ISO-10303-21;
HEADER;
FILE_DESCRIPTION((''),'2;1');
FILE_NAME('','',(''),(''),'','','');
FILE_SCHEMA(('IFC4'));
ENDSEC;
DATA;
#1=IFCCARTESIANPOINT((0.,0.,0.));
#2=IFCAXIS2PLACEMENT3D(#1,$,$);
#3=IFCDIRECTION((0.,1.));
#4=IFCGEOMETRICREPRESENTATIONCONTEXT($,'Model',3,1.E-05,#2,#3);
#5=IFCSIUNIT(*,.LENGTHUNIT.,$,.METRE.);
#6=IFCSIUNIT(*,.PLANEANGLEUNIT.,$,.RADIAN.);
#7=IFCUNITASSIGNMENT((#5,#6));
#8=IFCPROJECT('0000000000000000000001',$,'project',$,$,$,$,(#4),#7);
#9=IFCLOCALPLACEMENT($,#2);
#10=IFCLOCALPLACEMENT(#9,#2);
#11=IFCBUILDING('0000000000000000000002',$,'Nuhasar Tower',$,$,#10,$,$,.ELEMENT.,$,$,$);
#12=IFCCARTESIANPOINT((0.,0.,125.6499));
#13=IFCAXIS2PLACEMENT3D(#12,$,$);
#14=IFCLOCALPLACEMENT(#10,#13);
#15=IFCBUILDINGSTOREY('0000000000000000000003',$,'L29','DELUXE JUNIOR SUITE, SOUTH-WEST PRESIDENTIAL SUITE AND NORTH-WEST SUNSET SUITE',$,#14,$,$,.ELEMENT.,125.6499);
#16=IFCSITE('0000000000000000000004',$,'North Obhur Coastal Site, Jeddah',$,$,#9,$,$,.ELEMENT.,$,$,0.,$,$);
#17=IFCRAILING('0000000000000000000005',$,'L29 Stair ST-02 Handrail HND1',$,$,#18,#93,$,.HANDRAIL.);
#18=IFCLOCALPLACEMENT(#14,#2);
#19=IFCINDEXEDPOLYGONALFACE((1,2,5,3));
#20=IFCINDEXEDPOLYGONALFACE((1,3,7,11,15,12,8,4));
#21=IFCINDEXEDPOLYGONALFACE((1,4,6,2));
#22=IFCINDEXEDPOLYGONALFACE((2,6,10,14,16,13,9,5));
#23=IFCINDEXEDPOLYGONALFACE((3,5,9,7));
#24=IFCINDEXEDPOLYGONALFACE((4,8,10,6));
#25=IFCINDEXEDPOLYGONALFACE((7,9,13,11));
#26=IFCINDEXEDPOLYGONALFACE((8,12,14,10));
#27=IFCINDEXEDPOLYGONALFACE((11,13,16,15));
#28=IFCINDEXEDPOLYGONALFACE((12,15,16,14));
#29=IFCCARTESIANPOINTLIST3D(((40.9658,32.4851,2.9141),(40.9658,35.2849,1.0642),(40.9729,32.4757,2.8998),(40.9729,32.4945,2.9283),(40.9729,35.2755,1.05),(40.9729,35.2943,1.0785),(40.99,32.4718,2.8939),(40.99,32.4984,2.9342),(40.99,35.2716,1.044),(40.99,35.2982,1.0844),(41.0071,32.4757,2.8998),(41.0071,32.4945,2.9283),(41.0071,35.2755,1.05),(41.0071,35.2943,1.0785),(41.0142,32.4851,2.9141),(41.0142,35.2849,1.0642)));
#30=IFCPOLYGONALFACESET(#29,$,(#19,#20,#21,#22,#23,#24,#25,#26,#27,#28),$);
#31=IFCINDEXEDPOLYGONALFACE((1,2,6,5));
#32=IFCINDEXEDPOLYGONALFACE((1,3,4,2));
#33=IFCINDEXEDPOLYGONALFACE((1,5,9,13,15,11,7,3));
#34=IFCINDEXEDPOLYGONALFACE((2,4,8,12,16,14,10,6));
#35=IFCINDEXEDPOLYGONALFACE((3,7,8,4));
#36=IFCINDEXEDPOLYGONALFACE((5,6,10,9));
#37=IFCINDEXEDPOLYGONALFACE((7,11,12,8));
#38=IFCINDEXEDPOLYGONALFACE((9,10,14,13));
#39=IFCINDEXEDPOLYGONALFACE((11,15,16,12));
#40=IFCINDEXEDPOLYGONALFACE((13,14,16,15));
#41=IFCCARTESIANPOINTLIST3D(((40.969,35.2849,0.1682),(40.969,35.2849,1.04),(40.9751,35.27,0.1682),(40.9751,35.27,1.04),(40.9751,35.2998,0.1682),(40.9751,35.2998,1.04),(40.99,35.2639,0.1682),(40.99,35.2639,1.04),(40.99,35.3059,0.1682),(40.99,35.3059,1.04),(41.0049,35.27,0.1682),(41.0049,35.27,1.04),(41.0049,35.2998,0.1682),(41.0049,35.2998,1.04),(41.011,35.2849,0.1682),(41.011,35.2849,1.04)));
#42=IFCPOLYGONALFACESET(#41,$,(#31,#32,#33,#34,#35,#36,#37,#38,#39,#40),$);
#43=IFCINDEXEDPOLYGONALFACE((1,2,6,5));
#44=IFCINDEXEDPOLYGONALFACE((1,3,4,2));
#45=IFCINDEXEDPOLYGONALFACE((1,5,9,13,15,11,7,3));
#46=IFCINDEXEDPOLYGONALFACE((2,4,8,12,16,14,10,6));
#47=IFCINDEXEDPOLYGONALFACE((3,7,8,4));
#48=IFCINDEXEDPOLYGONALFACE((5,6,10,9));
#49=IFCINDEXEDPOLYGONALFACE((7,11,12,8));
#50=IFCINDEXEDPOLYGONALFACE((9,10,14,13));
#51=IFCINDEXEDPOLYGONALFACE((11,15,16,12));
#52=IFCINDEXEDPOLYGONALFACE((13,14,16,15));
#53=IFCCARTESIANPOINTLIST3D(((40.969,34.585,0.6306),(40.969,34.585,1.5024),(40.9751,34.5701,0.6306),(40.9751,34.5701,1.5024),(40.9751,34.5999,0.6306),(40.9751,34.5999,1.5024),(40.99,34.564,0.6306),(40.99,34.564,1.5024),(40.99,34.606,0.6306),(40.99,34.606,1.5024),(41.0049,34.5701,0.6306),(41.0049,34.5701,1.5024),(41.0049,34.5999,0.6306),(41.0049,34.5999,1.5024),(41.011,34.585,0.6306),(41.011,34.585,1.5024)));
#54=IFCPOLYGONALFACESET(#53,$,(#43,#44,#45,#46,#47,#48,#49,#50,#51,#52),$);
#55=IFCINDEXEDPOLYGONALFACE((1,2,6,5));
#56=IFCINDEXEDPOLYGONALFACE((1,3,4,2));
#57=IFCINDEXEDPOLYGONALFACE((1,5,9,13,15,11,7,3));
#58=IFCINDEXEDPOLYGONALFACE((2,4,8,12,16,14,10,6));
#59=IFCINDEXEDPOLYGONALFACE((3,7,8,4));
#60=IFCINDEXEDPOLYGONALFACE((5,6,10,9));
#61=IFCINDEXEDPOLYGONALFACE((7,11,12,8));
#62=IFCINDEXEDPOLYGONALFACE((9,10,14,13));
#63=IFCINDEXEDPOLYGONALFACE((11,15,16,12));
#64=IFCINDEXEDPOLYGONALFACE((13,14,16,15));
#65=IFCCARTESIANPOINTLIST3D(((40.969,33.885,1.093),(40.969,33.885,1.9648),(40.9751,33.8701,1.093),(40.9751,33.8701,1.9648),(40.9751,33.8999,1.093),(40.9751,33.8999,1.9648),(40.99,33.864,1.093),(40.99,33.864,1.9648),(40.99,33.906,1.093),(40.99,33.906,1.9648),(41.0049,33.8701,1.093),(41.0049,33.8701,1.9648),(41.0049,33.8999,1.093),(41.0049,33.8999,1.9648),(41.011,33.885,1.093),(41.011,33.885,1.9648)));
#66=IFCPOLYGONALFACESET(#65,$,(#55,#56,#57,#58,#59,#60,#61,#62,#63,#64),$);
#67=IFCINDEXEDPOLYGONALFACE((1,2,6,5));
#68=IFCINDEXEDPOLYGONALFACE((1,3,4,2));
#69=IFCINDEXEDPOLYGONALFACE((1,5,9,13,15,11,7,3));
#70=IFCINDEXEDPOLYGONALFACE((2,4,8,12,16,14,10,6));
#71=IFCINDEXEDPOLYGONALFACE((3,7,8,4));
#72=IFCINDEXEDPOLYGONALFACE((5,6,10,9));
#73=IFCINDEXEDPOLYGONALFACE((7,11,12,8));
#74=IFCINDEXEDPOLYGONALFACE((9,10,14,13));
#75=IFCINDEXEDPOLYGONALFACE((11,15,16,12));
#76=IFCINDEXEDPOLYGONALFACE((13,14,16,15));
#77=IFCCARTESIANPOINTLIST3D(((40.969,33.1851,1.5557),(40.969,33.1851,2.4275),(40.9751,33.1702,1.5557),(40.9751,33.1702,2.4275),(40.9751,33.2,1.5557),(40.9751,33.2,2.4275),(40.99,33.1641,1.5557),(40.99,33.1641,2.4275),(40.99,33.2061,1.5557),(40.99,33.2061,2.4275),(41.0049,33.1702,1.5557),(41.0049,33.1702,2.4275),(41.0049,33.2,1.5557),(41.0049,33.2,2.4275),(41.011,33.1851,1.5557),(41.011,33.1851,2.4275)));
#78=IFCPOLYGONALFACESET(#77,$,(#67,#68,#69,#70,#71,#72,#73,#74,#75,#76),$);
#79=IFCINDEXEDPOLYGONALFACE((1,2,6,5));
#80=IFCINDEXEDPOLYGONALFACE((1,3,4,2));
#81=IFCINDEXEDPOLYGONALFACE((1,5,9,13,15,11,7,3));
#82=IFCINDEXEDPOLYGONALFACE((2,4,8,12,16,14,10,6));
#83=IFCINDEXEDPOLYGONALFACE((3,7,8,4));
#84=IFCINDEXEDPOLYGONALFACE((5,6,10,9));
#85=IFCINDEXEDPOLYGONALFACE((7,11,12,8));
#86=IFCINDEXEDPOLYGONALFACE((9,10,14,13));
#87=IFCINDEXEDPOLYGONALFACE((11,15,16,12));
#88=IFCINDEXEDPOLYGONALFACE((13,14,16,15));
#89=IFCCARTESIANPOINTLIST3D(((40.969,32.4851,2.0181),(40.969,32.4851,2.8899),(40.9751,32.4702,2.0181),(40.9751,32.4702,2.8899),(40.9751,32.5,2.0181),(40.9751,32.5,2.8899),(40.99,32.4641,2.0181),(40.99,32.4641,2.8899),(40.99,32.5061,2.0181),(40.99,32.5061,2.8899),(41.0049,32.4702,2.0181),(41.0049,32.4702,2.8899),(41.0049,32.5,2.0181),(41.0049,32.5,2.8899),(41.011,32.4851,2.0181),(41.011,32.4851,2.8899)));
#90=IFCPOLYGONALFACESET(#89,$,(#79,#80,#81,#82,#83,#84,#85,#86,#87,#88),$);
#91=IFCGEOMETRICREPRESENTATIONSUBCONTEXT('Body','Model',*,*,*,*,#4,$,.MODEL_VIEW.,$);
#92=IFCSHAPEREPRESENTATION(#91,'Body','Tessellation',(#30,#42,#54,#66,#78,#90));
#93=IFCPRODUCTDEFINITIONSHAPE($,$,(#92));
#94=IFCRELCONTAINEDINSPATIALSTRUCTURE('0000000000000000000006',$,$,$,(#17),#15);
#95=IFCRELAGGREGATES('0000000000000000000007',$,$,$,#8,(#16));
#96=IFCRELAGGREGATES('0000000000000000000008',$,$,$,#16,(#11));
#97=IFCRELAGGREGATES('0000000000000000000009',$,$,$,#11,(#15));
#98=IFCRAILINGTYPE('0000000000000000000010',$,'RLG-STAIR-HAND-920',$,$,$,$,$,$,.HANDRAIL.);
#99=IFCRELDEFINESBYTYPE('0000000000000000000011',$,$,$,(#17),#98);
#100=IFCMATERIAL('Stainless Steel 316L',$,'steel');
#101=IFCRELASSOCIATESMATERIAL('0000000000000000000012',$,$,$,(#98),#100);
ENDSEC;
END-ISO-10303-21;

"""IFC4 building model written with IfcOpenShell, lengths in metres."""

from ifc_helpers import new_model, si_unit, direction, frame, origin, place, context, subcontext, project, spatial, polyline, outline, extrude, material, type_object, element, save


model = new_model("IFC4")

# Units and contexts
model_context = context("Model", 3, precision=1e-05, world=origin(), true_north=direction((0.0, 1.0)))
body_context = subcontext(model_context, "Body", "Model", "MODEL_VIEW")
ifc_project = project(units=[si_unit("LENGTHUNIT", "METRE"), si_unit("PLANEANGLEUNIT", "RADIAN")], contexts=[model_context])

# Site, building, storey
site_placement = place(None, origin())
site = spatial("IfcSite", under=ifc_project, at=site_placement, Name="North Obhur Coastal Site, Jeddah", CompositionType="ELEMENT", RefElevation=0.0)
building_placement = place(site_placement, origin())
building = spatial("IfcBuilding", under=site, at=building_placement, Name="Nuhasar Tower", CompositionType="ELEMENT")
storey_placement = place(building_placement, frame((0.0, 0.0, 125.6499)))
storey = spatial("IfcBuildingStorey", under=building, at=storey_placement, Name="L29", Description="DELUXE JUNIOR SUITE, SOUTH-WEST PRESIDENTIAL SUITE AND NORTH-WEST SUNSET SUITE", CompositionType="ELEMENT", Elevation=125.6499)

# Railing
ifc_material_1 = material(Name="Stainless Steel 316L", Category="steel")
railing_type_1 = type_object("IfcRailingType", Name="RLG-STAIR-HAND-920", PredefinedType="HANDRAIL", material=ifc_material_1)
railing_1_placement = place(storey_placement, frame((40.99, 35.2849, 0.1682)))
element("IfcRailing", 1, at=railing_1_placement, inside=storey, type_object=railing_type_1, Name="L29 Stair ST-02 Handrail HND1", PredefinedType="HANDRAIL", context=body_context, shape_type="SweptSolid", body=[
    extrude(outline(polyline([(0.0242, 0.0), (0.0171, 0.0171), (0.0, 0.0242), (-0.0171, 0.0171), (-0.0242, 0.0), (-0.0171, -0.0171), (0.0, -0.0242), (0.0171, -0.0171), (0.0242, 0.0)])), frame((0.0, 0.0, 0.896), z_axis=(0.0, -0.834338, 0.551254), x_axis=(1.0, 0.0, 0.0)), (0.0, 0.0, 1.0), 3.3557),
    extrude(outline(polyline([(0.021, 0.0), (0.0149, 0.0149), (0.0, 0.021), (-0.0149, 0.0149), (-0.021, 0.0), (-0.0149, -0.0149), (0.0, -0.021), (0.0149, -0.0149), (0.021, 0.0)])), origin(), (0.0, 0.0, 1.0), 0.8718),
    extrude(outline(polyline([(0.021, 0.0), (0.0149, 0.0149), (0.0, 0.021), (-0.0149, 0.0149), (-0.021, 0.0), (-0.0149, -0.0149), (0.0, -0.021), (0.0149, -0.0149), (0.021, 0.0)])), frame((0.0, -0.7, 0.4624)), (0.0, 0.0, 1.0), 0.8718),
    extrude(outline(polyline([(0.021, 0.0), (0.0149, 0.0149), (0.0, 0.021), (-0.0149, 0.0149), (-0.021, 0.0), (-0.0149, -0.0149), (0.0, -0.021), (0.0149, -0.0149), (0.021, 0.0)])), frame((0.0, -1.3999, 0.9248)), (0.0, 0.0, 1.0), 0.8718),
    extrude(outline(polyline([(0.021, 0.0), (0.0149, 0.0149), (0.0, 0.021), (-0.0149, 0.0149), (-0.021, 0.0), (-0.0149, -0.0149), (0.0, -0.021), (0.0149, -0.0149), (0.021, 0.0)])), frame((0.0, -2.0999, 1.3875)), (0.0, 0.0, 1.0), 0.8718),
    extrude(outline(polyline([(0.021, 0.0), (0.0149, 0.0149), (0.0, 0.021), (-0.0149, 0.0149), (-0.021, 0.0), (-0.0149, -0.0149), (0.0, -0.021), (0.0149, -0.0149), (0.021, 0.0)])), frame((0.0, -2.7998, 1.8499)), (0.0, 0.0, 1.0), 0.8718),
])

save(model, "model.ifc")
